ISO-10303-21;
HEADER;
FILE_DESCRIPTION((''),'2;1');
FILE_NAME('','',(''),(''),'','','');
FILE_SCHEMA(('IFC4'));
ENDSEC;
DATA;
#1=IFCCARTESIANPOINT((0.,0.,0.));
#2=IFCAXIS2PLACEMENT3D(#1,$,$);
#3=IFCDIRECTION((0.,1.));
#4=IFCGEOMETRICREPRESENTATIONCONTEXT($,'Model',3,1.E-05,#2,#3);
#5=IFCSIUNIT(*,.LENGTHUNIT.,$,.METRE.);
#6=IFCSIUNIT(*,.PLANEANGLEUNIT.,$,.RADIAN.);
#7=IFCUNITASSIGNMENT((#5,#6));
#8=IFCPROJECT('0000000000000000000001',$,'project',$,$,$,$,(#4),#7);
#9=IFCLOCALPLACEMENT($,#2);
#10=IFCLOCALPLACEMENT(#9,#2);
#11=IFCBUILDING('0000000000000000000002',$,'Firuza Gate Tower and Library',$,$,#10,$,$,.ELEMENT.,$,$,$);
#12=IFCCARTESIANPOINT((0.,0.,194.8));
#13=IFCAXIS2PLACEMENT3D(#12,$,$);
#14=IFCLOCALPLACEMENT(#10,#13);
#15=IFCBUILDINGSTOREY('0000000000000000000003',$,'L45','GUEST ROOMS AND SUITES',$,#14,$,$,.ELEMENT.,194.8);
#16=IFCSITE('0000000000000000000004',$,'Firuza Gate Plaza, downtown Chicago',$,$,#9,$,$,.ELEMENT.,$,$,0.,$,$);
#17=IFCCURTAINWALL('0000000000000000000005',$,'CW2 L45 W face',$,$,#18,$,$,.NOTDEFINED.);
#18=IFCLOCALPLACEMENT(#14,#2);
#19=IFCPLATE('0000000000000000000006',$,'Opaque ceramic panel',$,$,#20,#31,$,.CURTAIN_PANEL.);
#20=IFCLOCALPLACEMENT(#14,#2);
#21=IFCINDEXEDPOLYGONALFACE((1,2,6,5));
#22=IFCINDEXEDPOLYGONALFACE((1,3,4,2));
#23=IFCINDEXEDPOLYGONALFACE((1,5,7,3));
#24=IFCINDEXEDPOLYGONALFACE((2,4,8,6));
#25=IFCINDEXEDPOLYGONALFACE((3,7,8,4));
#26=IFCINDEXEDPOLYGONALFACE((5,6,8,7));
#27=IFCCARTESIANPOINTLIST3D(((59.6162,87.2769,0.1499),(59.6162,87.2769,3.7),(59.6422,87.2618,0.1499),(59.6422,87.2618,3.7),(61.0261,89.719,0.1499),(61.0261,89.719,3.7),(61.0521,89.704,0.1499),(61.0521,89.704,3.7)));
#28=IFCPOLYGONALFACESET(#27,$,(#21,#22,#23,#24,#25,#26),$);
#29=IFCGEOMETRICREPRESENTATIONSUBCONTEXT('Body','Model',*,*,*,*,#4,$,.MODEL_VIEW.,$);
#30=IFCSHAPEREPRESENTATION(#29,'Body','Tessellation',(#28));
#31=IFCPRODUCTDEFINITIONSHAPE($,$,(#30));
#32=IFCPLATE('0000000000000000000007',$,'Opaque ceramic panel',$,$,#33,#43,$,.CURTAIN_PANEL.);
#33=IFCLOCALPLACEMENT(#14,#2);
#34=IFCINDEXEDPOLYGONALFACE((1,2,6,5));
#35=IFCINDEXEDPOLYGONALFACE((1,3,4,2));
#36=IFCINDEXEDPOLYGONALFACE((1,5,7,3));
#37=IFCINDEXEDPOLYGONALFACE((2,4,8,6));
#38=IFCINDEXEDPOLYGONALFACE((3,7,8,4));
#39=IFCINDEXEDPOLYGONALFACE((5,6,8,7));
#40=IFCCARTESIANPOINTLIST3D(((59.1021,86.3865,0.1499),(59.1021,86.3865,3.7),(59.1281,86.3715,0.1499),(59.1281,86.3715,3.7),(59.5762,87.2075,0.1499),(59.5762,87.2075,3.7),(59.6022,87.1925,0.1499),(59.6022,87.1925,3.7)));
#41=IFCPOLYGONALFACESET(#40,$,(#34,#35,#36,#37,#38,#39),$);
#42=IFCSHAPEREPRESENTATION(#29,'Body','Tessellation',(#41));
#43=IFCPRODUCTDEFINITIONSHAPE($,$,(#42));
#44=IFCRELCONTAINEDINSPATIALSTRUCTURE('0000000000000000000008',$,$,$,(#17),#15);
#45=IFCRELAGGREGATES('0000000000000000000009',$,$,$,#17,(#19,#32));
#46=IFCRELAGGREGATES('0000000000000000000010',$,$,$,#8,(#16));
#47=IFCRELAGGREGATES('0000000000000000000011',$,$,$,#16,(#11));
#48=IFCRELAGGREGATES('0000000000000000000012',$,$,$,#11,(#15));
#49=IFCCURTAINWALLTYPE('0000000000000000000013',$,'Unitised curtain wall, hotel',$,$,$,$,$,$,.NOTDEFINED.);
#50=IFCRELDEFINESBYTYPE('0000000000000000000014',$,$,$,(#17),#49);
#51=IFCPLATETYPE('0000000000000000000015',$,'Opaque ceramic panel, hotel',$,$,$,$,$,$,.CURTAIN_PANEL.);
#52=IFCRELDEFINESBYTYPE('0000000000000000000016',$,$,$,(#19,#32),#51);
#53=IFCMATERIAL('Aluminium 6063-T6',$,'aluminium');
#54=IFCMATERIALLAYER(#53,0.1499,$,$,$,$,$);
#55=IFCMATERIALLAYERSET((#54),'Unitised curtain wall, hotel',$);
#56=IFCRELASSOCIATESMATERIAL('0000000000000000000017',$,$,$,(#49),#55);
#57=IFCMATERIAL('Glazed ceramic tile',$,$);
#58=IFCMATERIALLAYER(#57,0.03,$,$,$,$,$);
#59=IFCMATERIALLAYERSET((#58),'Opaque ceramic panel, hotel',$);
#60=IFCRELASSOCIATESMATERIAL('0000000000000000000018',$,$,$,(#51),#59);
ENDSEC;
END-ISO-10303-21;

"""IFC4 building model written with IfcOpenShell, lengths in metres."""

from ifc_helpers import new_model, si_unit, direction, frame, origin, place, context, subcontext, project, spatial, polyline, outline, extrude, material, layer, layer_set, type_object, element, aggregate, save


model = new_model("IFC4")

# Units and contexts
model_context = context("Model", 3, precision=1e-05, world=origin(), true_north=direction((0.0, 1.0)))
body_context = subcontext(model_context, "Body", "Model", "MODEL_VIEW")
ifc_project = project(units=[si_unit("LENGTHUNIT", "METRE"), si_unit("PLANEANGLEUNIT", "RADIAN")], contexts=[model_context])

# Site, building, storey
site_placement = place(None, origin())
site = spatial("IfcSite", under=ifc_project, at=site_placement, Name="Firuza Gate Plaza, downtown Chicago", CompositionType="ELEMENT", RefElevation=0.0)
building_placement = place(site_placement, origin())
building = spatial("IfcBuilding", under=site, at=building_placement, Name="Firuza Gate Tower and Library", CompositionType="ELEMENT")
storey_placement = place(building_placement, frame((0.0, 0.0, 194.8)))
storey = spatial("IfcBuildingStorey", under=building, at=storey_placement, Name="L45", Description="GUEST ROOMS AND SUITES", CompositionType="ELEMENT", Elevation=194.8)

# Curtain wall
ifc_material_1 = material(Name="Aluminium 6063-T6", Category="aluminium")
ifc_layer_1 = layer(ifc_material_1, 0.1499)
ifc_layer_set_1 = layer_set([ifc_layer_1], Name="Unitised curtain wall, hotel")
curtain_wall_type = type_object("IfcCurtainWallType", Name="Unitised curtain wall, hotel", PredefinedType="NOTDEFINED", material=ifc_layer_set_1)
curtain_wall_placement = place(storey_placement, origin())
curtain_wall = element("IfcCurtainWall", 1, at=curtain_wall_placement, inside=storey, type_object=curtain_wall_type, Name="CW2 L45 W face", PredefinedType="NOTDEFINED")

# Plates
ifc_material_2 = material(Name="Glazed ceramic tile")
ifc_layer_2 = layer(ifc_material_2, 0.03)
ifc_layer_set_2 = layer_set([ifc_layer_2], Name="Opaque ceramic panel, hotel")
plate_type_1 = type_object("IfcPlateType", Name="Opaque ceramic panel, hotel", PredefinedType="CURTAIN_PANEL", material=ifc_layer_set_2)
plate_1_placement = place(storey_placement, frame((61.0261, 89.719, 0.1499), z_axis=(-0.866034, 0.499985, 0.0), x_axis=(-0.499985, -0.866034, 0.0)))
plate_1 = element("IfcPlate", 2, at=plate_1_placement, type_object=plate_type_1, Name="Opaque ceramic panel", PredefinedType="CURTAIN_PANEL", context=body_context, shape_type="SweptSolid", body=[
    extrude(outline(polyline([(0.0, 0.0), (2.8199, 0.0), (2.8199, 3.55), (0.0, 3.55), (0.0, 0.0)])), origin(), (0.0, 0.0, -1.0), 0.03),
])
plate_2_placement = place(storey_placement, frame((59.5762, 87.2075, 0.1499), z_axis=(-0.865984, 0.500072, 0.0), x_axis=(-0.500072, -0.865984, 0.0)))
plate_2 = element("IfcPlate", 3, at=plate_2_placement, type_object=plate_type_1, Name="Opaque ceramic panel", PredefinedType="CURTAIN_PANEL", context=body_context, shape_type="SweptSolid", body=[
    extrude(outline(polyline([(0.0, 0.0), (0.9481, 0.0), (0.9481, 3.55), (0.0, 3.55), (0.0, 0.0)])), origin(), (0.0, 0.0, -1.0), 0.03),
])
aggregate(curtain_wall, [plate_1, plate_2])

save(model, "model.ifc")
